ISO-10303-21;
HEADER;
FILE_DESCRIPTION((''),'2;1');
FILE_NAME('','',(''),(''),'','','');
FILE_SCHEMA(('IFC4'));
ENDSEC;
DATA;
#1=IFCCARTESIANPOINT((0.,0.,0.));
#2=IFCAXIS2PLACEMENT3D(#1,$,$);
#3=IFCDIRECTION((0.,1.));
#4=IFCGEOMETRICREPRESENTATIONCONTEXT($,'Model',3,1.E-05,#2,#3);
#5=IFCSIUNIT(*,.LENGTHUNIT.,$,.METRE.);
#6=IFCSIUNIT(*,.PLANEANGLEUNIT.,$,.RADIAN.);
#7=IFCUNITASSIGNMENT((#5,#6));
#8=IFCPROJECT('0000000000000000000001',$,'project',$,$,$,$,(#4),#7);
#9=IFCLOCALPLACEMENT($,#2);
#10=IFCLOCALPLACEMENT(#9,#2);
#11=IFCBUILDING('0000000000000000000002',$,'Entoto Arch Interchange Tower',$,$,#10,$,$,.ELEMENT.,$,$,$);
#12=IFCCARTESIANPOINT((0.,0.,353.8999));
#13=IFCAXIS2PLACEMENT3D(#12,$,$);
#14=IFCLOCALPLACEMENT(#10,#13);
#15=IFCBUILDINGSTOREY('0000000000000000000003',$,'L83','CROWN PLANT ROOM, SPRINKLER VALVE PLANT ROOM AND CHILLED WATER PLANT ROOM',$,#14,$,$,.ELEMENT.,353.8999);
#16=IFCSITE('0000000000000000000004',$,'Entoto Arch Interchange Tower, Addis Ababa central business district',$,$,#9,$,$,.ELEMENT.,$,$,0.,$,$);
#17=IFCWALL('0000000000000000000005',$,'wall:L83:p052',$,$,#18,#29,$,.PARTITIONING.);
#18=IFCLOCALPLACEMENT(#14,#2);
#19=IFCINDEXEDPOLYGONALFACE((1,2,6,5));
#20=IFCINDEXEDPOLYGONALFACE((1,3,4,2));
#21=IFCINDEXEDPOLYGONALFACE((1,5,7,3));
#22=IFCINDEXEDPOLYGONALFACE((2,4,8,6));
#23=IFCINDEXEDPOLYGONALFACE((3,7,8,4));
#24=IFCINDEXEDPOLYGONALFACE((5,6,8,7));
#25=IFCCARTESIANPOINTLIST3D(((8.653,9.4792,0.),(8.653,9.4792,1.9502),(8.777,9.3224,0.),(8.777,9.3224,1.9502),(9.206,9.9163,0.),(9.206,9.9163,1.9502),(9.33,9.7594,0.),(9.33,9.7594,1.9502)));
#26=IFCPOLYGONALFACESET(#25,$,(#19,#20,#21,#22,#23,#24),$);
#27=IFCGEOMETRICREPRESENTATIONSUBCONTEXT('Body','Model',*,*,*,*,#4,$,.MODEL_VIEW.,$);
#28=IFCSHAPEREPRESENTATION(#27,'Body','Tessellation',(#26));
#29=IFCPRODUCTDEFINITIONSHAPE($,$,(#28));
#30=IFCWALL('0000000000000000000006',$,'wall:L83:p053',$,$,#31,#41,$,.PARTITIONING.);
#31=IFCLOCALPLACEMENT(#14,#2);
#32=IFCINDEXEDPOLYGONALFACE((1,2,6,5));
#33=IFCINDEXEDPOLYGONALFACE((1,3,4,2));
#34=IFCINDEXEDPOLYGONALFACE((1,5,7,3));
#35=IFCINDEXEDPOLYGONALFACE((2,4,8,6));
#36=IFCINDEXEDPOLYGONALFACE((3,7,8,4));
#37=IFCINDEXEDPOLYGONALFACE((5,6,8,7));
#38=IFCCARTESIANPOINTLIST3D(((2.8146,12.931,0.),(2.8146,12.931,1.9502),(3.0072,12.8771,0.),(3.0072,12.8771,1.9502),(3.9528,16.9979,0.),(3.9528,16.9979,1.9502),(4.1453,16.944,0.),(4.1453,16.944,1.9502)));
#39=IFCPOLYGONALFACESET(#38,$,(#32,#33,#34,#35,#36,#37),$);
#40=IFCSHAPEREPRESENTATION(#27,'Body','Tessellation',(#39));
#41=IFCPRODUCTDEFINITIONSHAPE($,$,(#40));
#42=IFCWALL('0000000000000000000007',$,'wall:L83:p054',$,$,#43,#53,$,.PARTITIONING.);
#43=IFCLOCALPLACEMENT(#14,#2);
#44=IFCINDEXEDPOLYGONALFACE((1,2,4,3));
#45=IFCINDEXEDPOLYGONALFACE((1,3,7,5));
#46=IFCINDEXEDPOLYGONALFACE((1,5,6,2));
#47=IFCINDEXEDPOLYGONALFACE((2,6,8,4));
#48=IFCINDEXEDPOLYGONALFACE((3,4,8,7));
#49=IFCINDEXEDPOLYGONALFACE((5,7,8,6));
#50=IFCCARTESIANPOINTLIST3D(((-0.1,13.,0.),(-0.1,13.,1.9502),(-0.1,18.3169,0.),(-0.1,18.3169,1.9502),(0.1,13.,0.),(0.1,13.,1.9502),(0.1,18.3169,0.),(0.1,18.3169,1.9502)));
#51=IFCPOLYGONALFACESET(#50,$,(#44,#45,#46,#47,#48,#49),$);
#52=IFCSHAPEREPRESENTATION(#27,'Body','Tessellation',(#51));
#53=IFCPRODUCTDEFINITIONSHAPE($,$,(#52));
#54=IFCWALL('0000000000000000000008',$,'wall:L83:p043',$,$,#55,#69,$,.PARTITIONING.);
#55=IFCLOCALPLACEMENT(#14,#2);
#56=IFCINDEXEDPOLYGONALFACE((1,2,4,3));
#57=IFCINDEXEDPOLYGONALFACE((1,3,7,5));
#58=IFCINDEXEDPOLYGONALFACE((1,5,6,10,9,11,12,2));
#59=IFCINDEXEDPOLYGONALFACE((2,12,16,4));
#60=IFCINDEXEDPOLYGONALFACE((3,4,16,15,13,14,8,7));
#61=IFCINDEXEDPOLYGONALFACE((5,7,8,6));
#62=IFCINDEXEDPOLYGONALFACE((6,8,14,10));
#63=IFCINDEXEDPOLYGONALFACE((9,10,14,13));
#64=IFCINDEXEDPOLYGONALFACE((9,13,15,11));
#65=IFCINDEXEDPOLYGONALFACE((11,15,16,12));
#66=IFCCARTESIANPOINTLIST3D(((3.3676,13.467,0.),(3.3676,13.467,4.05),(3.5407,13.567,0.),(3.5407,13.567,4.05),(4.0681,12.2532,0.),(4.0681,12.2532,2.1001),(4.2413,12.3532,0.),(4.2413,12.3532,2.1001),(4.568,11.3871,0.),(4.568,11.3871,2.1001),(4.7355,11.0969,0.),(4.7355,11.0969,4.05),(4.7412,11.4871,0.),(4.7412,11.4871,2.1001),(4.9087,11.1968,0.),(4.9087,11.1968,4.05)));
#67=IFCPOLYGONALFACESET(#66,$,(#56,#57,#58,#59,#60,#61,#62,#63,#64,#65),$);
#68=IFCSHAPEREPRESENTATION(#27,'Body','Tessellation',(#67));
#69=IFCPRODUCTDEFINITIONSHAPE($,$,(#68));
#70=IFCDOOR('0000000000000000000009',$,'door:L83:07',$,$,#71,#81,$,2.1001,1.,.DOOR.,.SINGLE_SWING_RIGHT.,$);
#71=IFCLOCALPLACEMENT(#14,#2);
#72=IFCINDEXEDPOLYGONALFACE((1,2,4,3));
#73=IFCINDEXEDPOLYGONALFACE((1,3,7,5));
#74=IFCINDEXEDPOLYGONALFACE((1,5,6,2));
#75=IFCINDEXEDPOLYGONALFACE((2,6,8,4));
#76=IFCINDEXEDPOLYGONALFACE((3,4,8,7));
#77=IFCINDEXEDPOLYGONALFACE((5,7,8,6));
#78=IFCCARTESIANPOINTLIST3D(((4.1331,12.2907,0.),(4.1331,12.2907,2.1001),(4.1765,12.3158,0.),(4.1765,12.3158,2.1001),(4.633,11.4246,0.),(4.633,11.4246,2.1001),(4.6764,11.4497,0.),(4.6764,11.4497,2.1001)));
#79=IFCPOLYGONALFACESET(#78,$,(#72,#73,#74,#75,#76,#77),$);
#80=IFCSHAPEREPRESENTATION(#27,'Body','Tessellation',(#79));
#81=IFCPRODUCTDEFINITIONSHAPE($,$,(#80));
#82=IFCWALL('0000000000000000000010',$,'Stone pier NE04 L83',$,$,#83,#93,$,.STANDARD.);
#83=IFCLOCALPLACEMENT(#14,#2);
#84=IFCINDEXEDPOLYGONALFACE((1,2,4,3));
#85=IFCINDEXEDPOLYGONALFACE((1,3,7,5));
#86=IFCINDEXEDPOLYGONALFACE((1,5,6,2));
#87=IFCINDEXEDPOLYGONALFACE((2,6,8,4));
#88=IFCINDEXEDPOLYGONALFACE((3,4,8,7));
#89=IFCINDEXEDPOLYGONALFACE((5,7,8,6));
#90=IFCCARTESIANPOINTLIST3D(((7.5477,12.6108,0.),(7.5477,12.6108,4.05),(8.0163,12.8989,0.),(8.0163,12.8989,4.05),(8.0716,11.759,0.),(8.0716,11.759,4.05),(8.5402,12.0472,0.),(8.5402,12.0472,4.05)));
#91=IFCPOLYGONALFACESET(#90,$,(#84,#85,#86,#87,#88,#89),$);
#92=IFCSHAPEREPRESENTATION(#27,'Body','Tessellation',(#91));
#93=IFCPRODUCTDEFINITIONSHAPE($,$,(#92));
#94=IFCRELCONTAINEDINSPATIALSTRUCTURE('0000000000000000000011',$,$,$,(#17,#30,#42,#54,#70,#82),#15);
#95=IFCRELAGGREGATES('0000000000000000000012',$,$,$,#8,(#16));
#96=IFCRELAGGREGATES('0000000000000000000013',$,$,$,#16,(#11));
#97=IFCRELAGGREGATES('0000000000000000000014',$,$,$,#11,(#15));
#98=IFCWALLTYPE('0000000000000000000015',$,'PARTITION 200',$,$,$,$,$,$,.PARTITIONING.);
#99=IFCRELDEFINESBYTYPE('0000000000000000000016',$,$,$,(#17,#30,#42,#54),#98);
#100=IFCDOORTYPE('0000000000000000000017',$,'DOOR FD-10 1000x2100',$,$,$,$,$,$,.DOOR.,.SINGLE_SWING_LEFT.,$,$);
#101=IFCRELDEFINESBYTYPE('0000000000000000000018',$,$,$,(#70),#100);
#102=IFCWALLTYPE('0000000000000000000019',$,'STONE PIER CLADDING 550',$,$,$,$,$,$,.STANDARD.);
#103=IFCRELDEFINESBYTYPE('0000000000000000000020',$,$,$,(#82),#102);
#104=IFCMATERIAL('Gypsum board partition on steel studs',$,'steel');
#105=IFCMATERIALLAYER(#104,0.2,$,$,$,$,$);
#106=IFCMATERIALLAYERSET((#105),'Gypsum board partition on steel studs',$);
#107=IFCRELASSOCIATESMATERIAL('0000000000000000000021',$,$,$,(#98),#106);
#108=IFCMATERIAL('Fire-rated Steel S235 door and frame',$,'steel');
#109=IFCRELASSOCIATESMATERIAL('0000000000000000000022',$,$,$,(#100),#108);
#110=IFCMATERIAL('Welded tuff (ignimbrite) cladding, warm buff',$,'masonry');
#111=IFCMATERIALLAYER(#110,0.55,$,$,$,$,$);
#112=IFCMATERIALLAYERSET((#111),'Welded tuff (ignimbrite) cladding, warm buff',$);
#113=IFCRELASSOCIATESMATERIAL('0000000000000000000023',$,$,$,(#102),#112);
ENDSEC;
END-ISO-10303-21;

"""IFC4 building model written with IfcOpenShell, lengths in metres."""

from ifc_helpers import new_model, si_unit, direction, frame, frame_2d, origin, place, context, subcontext, project, spatial, rectangle, extrude, material, layer, layer_set, type_object, element, fill, save


model = new_model("IFC4")

# Units and contexts
model_context = context("Model", 3, precision=1e-05, world=origin(), true_north=direction((0.0, 1.0)))
body_context = subcontext(model_context, "Body", "Model", "MODEL_VIEW")
ifc_project = project(units=[si_unit("LENGTHUNIT", "METRE"), si_unit("PLANEANGLEUNIT", "RADIAN")], contexts=[model_context])

# Site, building, storey
site_placement = place(None, origin())
site = spatial("IfcSite", under=ifc_project, at=site_placement, Name="Entoto Arch Interchange Tower, Addis Ababa central business district", CompositionType="ELEMENT", RefElevation=0.0)
building_placement = place(site_placement, origin())
building = spatial("IfcBuilding", under=site, at=building_placement, Name="Entoto Arch Interchange Tower", CompositionType="ELEMENT")
storey_placement = place(building_placement, frame((0.0, 0.0, 353.8999)))
storey = spatial("IfcBuildingStorey", under=building, at=storey_placement, Name="L83", Description="CROWN PLANT ROOM, SPRINKLER VALVE PLANT ROOM AND CHILLED WATER PLANT ROOM", CompositionType="ELEMENT", Elevation=353.8999)

# Shared definitions
ifc_material_1 = material(Name="Fire-rated Steel S235 door and frame", Category="steel")
ifc_material_2 = material(Name="Gypsum board partition on steel studs", Category="steel")
ifc_layer_1 = layer(ifc_material_2, 0.2)
ifc_layer_set_1 = layer_set([ifc_layer_1], Name="Gypsum board partition on steel studs")
wall_type_1 = type_object("IfcWallType", Name="PARTITION 200", PredefinedType="PARTITIONING", material=ifc_layer_set_1)
door_type_1 = type_object("IfcDoorType", Name="DOOR FD-10 1000x2100", OperationType="SINGLE_SWING_LEFT", PredefinedType="DOOR", material=ifc_material_1)

# Walls
wall_1_placement = place(storey_placement, frame((9.2681, 9.8379, 0.0), z_axis=(0.0, 0.0, 1.0), x_axis=(-0.784572, -0.620037, 0.0)))
element("IfcWall", 1, at=wall_1_placement, inside=storey, type_object=wall_type_1, Name="wall:L83:p052", PredefinedType="PARTITIONING", context=body_context, shape_type="SweptSolid", body=[
    extrude(rectangle(XDim=0.7048, YDim=0.2, at=frame_2d((0.3525, 0.0))), origin(), (0.0, 0.0, 1.0), 1.9502),
])
wall_2_placement = place(storey_placement, frame((2.9109, 12.9041, 0.0), z_axis=(0.0, 0.0, 1.0), x_axis=(0.26951, 0.962998, 0.0)))
element("IfcWall", 2, at=wall_2_placement, inside=storey, type_object=wall_type_1, Name="wall:L83:p053", PredefinedType="PARTITIONING", context=body_context, shape_type="SweptSolid", body=[
    extrude(rectangle(XDim=4.2231, YDim=0.2, at=frame_2d((2.1116, 0.0))), origin(), (0.0, 0.0, 1.0), 1.9502),
])
wall_3_placement = place(storey_placement, frame((0.0, 13.0, 0.0), z_axis=(0.0, 0.0, 1.0), x_axis=(0.0, 1.0, 0.0)))
element("IfcWall", 3, at=wall_3_placement, inside=storey, type_object=wall_type_1, Name="wall:L83:p054", PredefinedType="PARTITIONING", context=body_context, shape_type="SweptSolid", body=[
    extrude(rectangle(XDim=5.3169, YDim=0.2, at=frame_2d((2.6584, 0.0))), origin(), (0.0, 0.0, 1.0), 1.9502),
])

# Wall, opening, door
wall_4_placement = place(storey_placement, frame((4.822, 11.147, 0.0), z_axis=(0.0, 0.0, 1.0), x_axis=(-0.499872, 0.866099, 0.0)))
wall_4 = element("IfcWall", 4, at=wall_4_placement, inside=storey, type_object=wall_type_1, Name="wall:L83:p043", PredefinedType="PARTITIONING", context=body_context, shape_type="SweptSolid", body=[
    extrude(rectangle(XDim=2.7366, YDim=0.2, at=frame_2d((1.3682, 0.0))), origin(), (0.0, 0.0, 1.0), 4.05),
])
opening_1_placement = place(wall_4_placement, frame((0.335, 0.0, 0.0)))
opening_1 = element("IfcOpeningElement", 5, at=opening_1_placement, cuts=wall_4, PredefinedType="OPENING", context=body_context, shape_type="SweptSolid", body=[
    extrude(rectangle(XDim=1.0, YDim=2.1001, at=frame_2d((0.5, 1.05))), frame((0.0, 0.1099, 0.0), z_axis=(0.0, -1.0, 0.0), x_axis=(1.0, 0.0, 0.0)), (0.0, 0.0, 1.0), 0.22),
])
door_1_placement = place(opening_1_placement, origin())
door_1 = element("IfcDoor", 6, at=door_1_placement, inside=storey, type_object=door_type_1, Name="door:L83:07", OperationType="SINGLE_SWING_RIGHT", OverallHeight=2.1001, OverallWidth=1.0, PredefinedType="DOOR", context=body_context, shape_type="SweptSolid", body=[
    extrude(rectangle(XDim=1.0, YDim=2.1001, at=frame_2d((0.5, 1.05))), frame((0.0, 0.0249, 0.0), z_axis=(0.0, -1.0, 0.0), x_axis=(1.0, 0.0, 0.0)), (0.0, 0.0, 1.0), 0.05),
])
fill(opening_1, door_1)

# Wall
ifc_material_3 = material(Name="Welded tuff (ignimbrite) cladding, warm buff", Category="masonry")
ifc_layer_2 = layer(ifc_material_3, 0.55)
ifc_layer_set_2 = layer_set([ifc_layer_2], Name="Welded tuff (ignimbrite) cladding, warm buff")
wall_type_2 = type_object("IfcWallType", Name="STONE PIER CLADDING 550", PredefinedType="STANDARD", material=ifc_layer_set_2)
wall_5_placement = place(storey_placement, frame((8.3059, 11.9031, 0.0), z_axis=(0.0, 0.0, 1.0), x_axis=(-0.523907, 0.851776, 0.0)))
element("IfcWall", 7, at=wall_5_placement, inside=storey, type_object=wall_type_2, Name="Stone pier NE04 L83", PredefinedType="STANDARD", context=body_context, shape_type="SweptSolid", body=[
    extrude(rectangle(XDim=1.0, YDim=0.55, at=frame_2d((0.5, 0.0))), origin(), (0.0, 0.0, 1.0), 4.05),
])

save(model, "model.ifc")
